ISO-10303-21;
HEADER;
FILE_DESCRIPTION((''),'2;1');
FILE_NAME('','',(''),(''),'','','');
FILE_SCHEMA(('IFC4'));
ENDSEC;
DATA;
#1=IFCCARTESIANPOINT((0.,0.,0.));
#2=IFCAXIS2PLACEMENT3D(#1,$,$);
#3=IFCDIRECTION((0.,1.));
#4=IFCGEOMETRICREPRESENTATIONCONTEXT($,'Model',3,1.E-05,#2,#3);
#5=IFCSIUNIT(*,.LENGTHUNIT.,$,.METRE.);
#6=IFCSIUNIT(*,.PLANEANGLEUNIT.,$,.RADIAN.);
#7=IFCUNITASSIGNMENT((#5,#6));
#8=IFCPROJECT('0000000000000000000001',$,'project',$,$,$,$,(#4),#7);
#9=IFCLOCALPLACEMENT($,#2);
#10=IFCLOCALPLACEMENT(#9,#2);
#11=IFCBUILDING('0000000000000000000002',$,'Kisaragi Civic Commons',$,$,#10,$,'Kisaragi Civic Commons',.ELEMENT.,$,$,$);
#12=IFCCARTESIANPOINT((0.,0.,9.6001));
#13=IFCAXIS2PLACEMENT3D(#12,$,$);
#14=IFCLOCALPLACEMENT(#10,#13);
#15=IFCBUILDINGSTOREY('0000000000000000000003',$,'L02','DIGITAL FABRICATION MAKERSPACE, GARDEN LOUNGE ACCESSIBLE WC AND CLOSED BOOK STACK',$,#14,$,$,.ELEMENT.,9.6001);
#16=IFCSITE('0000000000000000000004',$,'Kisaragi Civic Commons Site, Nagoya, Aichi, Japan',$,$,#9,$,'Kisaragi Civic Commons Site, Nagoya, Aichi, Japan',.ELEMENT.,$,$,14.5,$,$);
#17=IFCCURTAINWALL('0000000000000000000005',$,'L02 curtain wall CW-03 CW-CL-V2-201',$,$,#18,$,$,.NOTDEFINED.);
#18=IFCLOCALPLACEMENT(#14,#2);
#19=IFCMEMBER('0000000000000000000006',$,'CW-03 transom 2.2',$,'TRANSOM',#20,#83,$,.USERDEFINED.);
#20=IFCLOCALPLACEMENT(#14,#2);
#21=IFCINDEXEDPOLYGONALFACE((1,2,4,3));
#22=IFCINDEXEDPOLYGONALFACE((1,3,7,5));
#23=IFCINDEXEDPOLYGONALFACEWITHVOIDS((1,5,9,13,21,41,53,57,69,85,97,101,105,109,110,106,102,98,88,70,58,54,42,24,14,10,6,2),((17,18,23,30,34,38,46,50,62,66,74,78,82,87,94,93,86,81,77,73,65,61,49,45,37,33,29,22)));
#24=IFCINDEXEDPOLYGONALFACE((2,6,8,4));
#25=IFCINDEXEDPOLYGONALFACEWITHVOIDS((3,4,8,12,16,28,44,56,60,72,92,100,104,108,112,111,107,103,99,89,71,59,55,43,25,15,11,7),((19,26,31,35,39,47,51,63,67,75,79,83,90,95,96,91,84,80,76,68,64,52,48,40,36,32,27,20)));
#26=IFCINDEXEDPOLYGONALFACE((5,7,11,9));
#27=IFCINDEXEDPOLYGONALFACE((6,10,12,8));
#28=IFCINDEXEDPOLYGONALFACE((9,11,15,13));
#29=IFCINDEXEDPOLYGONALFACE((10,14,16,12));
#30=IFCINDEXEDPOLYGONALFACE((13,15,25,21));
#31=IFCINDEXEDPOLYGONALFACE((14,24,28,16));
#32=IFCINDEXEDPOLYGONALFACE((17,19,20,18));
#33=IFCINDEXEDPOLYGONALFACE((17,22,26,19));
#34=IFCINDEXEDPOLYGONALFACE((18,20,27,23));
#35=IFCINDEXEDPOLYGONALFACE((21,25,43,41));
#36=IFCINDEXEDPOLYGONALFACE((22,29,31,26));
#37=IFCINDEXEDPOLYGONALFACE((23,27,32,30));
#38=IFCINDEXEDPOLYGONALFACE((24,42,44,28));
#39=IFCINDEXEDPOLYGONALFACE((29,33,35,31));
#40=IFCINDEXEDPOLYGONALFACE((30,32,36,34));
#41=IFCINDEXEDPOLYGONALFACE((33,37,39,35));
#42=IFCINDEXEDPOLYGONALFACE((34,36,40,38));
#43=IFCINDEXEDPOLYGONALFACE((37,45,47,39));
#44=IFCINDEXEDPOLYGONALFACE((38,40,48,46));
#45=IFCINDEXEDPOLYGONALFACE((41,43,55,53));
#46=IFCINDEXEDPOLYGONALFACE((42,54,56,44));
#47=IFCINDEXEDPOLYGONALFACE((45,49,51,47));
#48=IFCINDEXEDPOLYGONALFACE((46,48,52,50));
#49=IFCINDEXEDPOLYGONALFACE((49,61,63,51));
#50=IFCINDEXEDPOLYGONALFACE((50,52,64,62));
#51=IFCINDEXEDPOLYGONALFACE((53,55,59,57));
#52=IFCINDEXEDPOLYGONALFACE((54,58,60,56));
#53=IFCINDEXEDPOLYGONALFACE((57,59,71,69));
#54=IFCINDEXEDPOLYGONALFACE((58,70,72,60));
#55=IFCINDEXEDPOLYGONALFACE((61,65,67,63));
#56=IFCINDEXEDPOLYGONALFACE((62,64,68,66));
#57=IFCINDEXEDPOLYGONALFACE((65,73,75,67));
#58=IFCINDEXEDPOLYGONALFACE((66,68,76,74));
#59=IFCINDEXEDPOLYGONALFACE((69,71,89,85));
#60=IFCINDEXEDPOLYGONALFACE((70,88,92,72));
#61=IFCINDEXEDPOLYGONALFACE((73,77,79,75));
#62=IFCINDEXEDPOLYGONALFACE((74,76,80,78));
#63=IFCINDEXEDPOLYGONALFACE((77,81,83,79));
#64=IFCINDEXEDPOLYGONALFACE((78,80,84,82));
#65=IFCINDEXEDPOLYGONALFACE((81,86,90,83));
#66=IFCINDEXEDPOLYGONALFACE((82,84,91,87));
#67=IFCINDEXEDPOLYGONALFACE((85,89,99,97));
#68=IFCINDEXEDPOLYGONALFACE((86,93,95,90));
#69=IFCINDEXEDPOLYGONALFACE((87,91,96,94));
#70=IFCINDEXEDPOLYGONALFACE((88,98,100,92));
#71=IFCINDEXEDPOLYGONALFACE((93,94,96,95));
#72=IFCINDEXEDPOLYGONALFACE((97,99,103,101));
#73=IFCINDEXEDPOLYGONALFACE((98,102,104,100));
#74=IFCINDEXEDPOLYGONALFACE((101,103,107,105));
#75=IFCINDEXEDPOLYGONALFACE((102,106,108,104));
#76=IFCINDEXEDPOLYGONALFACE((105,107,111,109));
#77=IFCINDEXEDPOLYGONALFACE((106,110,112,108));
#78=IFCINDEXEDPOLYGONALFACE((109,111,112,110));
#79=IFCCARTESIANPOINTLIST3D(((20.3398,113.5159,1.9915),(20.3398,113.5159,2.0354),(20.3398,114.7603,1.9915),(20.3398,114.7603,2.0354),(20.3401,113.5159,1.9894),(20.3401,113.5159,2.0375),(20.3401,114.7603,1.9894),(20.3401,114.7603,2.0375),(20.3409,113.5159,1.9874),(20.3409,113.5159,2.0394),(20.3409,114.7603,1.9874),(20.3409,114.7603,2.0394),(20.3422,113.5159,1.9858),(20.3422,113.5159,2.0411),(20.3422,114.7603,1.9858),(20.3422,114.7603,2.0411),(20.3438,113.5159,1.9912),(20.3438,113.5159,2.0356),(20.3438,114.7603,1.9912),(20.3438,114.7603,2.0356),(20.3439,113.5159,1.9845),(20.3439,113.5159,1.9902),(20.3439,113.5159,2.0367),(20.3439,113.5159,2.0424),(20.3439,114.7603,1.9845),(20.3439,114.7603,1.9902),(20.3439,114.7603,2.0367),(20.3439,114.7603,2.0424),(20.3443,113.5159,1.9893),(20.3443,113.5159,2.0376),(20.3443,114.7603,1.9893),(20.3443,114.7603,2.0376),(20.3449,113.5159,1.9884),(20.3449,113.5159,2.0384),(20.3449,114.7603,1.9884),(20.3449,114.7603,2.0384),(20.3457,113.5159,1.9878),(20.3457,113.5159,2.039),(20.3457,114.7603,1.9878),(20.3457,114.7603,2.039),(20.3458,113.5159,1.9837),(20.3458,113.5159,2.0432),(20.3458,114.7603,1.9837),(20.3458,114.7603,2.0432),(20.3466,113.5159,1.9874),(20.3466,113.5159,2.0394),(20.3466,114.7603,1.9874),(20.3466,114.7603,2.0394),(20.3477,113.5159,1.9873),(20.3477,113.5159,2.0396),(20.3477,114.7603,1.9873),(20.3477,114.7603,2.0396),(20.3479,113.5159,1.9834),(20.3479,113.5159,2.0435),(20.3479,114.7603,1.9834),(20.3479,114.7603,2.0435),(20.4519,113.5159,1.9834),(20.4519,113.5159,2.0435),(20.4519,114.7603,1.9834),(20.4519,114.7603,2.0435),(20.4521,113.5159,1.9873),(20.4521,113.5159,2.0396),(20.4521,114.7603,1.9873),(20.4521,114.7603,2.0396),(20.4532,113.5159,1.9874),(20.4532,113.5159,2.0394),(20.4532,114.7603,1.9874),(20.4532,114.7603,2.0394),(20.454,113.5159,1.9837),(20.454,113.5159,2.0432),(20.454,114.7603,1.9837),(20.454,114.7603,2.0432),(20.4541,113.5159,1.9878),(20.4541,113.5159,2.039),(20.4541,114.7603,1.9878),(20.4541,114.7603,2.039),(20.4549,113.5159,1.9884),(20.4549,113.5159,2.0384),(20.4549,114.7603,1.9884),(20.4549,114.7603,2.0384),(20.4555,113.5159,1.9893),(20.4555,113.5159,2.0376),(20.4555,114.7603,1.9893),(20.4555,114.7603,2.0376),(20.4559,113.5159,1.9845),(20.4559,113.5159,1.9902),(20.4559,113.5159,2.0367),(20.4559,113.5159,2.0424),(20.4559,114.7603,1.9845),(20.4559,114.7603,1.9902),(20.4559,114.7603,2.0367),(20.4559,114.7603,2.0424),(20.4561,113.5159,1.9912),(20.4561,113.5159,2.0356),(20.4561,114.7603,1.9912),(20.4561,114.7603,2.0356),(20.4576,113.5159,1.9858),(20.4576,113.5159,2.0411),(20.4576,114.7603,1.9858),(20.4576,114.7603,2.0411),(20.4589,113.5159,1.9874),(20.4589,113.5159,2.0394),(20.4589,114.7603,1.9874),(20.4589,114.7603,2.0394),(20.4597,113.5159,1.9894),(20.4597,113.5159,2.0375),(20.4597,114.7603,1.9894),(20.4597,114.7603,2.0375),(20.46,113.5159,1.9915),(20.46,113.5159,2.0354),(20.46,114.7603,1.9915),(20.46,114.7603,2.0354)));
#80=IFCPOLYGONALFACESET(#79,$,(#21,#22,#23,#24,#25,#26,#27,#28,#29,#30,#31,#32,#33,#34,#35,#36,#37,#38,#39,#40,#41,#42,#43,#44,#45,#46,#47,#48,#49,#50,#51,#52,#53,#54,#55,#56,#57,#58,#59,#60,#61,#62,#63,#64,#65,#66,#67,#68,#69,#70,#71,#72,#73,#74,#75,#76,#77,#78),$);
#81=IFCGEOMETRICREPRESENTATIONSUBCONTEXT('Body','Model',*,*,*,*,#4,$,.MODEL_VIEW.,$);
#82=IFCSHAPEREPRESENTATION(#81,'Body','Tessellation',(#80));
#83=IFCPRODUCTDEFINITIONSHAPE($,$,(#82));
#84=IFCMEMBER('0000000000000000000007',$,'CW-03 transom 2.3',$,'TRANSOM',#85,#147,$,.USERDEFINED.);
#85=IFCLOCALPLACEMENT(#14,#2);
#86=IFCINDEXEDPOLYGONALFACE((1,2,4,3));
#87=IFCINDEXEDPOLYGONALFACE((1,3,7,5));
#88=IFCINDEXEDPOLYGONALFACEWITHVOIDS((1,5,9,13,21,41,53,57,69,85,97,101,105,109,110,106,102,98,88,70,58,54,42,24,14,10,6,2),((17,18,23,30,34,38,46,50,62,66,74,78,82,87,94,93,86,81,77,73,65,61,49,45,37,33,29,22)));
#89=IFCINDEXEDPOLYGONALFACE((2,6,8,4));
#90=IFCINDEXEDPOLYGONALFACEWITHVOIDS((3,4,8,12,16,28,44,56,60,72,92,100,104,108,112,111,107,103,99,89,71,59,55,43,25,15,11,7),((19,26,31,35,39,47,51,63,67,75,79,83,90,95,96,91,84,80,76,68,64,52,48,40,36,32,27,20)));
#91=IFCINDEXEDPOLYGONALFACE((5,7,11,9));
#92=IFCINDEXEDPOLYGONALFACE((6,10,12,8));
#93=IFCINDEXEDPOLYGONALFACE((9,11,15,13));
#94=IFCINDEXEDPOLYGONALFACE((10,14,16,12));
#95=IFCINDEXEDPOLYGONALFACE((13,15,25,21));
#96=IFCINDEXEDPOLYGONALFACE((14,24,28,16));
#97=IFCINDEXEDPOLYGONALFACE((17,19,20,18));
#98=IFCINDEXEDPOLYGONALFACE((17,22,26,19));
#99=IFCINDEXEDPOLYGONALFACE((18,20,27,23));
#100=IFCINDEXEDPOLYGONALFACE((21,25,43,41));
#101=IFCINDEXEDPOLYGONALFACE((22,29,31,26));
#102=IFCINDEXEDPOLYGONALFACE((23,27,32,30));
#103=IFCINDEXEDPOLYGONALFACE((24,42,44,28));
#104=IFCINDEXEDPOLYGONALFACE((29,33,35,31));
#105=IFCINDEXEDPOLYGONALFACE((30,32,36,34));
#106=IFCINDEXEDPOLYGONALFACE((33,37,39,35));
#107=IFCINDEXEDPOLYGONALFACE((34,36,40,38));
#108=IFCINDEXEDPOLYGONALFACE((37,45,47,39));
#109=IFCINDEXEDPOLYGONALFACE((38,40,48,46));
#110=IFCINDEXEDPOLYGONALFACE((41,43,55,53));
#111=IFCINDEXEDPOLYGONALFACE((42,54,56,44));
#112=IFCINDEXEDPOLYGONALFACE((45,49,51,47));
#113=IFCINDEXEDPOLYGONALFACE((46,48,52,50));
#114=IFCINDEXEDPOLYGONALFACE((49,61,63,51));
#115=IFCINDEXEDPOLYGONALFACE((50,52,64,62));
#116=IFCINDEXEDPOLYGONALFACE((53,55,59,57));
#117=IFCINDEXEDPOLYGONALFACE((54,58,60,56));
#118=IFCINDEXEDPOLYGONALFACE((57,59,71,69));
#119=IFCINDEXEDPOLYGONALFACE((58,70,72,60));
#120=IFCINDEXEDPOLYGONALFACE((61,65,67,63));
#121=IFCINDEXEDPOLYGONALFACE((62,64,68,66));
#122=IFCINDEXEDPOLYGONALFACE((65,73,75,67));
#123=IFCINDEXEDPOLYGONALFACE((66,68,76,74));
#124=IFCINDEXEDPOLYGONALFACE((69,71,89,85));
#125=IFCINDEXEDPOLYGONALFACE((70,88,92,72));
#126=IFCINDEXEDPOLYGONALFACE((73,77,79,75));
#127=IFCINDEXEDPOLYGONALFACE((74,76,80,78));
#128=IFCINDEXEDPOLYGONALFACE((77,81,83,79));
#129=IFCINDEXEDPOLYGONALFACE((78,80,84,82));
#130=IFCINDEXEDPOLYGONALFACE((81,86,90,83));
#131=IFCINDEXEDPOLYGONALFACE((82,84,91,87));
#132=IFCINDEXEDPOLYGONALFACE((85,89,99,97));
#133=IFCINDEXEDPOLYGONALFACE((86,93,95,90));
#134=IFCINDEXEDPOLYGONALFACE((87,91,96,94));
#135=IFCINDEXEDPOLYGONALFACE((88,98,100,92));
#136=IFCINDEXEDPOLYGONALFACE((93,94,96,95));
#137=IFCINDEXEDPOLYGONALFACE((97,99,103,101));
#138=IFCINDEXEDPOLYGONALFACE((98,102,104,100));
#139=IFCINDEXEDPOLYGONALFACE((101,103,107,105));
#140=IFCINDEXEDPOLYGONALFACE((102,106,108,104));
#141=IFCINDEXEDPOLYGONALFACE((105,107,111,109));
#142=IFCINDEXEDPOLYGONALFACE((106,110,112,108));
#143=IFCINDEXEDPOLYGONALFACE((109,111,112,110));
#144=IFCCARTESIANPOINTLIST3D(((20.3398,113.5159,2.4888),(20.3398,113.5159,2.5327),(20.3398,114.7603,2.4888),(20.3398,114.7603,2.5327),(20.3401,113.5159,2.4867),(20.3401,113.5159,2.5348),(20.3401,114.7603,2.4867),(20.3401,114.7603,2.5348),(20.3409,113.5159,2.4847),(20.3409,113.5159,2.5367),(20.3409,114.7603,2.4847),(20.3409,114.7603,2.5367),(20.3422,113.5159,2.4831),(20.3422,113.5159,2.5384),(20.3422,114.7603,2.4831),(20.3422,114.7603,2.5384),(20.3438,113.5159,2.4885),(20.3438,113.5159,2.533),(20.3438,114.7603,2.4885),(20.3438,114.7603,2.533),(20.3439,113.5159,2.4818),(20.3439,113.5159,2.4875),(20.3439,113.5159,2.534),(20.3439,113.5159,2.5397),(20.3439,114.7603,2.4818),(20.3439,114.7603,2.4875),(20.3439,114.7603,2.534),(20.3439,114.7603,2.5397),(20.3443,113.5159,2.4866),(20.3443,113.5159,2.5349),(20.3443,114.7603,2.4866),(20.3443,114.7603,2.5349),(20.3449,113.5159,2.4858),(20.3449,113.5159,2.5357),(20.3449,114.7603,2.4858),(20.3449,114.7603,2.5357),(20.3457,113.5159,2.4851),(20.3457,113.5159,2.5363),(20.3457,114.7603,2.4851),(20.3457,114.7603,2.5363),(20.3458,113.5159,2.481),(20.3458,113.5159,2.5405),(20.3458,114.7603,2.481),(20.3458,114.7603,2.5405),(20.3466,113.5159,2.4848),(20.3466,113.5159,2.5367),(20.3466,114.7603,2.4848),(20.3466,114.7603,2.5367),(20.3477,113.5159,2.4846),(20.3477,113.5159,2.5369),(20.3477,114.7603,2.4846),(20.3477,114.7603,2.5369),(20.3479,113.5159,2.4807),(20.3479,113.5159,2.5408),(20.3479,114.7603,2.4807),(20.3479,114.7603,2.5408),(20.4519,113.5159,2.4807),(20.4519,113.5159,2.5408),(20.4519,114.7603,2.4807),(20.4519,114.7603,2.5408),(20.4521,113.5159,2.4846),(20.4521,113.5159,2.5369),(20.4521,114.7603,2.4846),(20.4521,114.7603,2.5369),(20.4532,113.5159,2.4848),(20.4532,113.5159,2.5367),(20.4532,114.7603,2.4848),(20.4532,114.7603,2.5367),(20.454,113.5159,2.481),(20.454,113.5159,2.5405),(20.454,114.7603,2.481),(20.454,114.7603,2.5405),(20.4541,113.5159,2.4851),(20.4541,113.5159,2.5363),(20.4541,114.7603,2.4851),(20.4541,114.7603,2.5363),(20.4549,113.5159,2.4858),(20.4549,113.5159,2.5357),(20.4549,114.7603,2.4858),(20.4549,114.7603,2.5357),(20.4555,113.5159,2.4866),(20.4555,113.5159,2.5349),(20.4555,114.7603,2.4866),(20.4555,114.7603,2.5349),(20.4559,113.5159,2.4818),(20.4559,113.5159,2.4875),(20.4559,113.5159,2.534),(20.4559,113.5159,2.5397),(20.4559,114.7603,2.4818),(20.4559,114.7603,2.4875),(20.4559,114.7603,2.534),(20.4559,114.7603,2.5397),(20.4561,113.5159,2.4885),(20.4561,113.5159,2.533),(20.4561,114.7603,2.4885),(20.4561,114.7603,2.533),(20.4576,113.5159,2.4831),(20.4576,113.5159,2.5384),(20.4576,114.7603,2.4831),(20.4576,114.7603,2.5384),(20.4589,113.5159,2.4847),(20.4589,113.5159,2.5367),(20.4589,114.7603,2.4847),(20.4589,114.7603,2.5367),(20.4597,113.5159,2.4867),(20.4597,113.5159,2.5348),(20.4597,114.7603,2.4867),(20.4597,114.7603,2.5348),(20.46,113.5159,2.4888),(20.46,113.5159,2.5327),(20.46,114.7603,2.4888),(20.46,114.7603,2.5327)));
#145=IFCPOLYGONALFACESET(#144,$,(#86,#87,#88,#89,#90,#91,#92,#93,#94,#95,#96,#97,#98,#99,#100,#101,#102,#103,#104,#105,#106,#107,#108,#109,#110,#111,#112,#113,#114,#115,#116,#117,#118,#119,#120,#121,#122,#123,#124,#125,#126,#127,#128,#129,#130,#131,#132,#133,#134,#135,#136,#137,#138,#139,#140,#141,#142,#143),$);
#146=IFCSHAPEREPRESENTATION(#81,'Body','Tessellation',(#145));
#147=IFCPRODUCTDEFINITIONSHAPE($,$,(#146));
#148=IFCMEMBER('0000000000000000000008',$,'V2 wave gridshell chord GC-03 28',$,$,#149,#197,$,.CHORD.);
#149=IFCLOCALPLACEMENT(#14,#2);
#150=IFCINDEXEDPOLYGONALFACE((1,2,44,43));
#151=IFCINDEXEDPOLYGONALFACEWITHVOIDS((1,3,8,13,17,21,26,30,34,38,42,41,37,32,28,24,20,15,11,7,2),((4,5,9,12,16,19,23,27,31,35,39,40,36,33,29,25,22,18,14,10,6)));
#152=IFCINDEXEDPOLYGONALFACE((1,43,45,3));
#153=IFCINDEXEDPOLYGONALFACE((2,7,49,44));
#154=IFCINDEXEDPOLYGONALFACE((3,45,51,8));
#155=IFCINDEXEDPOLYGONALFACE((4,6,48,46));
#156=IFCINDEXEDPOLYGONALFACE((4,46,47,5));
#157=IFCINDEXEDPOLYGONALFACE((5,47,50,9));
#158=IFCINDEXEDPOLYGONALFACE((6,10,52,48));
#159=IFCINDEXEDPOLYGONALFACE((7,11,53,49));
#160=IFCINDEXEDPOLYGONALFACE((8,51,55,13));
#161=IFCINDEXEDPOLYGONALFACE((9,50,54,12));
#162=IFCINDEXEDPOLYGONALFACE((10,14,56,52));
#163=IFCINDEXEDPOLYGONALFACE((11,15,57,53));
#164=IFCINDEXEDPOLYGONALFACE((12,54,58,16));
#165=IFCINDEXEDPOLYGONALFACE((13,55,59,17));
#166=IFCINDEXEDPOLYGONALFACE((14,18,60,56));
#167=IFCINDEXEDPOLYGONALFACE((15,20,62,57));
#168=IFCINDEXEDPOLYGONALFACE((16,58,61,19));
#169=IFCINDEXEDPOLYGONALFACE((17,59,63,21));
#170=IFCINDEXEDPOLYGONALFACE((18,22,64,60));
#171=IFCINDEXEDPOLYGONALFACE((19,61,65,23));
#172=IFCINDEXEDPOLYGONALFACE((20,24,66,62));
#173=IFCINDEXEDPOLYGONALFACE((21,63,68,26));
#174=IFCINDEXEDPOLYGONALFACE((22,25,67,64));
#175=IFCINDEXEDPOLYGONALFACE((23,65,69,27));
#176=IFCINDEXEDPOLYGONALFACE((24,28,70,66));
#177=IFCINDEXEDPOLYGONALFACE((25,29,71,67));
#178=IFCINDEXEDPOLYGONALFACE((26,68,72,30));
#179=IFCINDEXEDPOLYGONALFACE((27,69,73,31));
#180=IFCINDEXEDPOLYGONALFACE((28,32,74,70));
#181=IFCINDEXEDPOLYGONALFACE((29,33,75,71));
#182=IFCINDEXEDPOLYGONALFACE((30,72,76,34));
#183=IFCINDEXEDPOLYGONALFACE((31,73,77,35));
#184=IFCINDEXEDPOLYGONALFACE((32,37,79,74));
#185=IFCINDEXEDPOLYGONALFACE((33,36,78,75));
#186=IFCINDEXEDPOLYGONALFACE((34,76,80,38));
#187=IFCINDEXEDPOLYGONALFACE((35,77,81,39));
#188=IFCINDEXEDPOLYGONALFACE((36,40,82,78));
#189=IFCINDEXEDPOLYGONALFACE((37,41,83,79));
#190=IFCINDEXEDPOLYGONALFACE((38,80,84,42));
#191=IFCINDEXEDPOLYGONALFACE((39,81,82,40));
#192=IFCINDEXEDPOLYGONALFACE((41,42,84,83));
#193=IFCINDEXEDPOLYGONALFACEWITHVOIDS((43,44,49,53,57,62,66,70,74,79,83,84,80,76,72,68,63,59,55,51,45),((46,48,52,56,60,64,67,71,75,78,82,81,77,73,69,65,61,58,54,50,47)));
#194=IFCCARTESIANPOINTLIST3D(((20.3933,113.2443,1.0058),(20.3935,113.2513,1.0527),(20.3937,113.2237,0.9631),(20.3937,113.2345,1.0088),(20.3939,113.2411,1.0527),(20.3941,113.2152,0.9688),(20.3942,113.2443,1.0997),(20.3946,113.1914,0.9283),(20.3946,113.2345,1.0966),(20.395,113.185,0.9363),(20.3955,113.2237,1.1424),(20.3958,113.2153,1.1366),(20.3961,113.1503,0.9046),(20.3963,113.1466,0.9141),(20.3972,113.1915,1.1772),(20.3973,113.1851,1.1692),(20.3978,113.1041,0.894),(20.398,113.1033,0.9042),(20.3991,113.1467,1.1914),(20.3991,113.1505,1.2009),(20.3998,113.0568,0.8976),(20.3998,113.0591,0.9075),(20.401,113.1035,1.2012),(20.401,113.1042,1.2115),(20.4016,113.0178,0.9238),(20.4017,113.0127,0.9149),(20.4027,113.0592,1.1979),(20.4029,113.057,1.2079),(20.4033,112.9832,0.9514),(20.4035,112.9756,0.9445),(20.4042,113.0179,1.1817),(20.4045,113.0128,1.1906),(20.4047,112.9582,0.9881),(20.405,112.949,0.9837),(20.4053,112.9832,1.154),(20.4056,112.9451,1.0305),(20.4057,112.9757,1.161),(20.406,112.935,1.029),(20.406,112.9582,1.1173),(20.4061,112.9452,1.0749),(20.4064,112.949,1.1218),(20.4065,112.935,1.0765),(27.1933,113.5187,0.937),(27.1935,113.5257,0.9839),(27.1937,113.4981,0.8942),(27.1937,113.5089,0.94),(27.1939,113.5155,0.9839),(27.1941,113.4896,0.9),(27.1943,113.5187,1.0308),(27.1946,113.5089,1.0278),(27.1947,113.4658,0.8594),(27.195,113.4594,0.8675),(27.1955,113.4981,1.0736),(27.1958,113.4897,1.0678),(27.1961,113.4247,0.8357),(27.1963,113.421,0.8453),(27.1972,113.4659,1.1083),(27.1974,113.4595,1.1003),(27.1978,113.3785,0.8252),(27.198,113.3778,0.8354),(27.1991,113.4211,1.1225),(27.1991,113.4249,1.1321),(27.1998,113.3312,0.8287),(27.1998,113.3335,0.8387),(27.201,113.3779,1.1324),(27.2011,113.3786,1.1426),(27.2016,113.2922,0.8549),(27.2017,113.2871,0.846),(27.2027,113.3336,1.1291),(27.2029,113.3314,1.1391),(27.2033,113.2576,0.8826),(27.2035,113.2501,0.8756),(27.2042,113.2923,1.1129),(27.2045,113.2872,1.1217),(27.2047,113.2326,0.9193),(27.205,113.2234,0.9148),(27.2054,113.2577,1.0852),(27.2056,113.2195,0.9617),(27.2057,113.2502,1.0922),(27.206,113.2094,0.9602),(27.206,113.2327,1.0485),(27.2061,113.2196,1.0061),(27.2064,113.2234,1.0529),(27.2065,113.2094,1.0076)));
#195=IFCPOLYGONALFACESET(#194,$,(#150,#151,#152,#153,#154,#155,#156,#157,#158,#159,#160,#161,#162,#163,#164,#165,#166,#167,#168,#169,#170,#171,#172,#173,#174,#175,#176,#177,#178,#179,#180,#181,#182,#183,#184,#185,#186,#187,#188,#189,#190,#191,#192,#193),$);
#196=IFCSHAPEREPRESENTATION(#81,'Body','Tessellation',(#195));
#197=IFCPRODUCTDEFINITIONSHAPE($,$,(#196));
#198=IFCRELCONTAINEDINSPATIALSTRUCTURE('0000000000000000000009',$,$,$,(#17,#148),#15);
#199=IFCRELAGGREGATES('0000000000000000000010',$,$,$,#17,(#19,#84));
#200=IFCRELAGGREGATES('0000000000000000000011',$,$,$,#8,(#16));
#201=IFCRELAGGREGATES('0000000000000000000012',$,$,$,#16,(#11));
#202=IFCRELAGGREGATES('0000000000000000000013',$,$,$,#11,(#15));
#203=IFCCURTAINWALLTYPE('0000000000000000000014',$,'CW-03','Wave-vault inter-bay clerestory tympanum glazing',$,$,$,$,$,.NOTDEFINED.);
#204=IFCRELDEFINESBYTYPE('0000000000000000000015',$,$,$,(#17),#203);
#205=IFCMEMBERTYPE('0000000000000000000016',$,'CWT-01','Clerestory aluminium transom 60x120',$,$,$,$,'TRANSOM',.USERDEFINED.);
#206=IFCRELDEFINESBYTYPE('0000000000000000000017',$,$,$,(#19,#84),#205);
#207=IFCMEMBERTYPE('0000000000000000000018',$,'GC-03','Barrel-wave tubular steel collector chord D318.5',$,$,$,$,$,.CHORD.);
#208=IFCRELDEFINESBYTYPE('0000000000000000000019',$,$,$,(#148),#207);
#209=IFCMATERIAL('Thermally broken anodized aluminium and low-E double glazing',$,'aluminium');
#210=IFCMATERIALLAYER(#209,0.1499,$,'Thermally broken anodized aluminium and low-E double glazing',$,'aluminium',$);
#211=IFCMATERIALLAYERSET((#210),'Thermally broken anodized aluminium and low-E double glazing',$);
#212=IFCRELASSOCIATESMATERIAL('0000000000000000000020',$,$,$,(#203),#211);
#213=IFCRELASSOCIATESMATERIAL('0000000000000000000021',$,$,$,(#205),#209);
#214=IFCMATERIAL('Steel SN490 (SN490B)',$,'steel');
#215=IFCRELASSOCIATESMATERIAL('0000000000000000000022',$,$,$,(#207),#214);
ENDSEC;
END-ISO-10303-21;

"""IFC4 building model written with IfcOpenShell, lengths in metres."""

from ifc_helpers import new_model, si_unit, direction, frame, origin, origin_2d, place, context, subcontext, project, spatial, hollow_rectangle, hollow_circle, extrude, material, layer, layer_set, material_profile, profile_set, type_object, element, aggregate, save


model = new_model("IFC4")

# Units and contexts
model_context = context("Model", 3, precision=1e-05, world=origin(), true_north=direction((0.0, 1.0)))
body_context = subcontext(model_context, "Body", "Model", "MODEL_VIEW")
ifc_project = project(units=[si_unit("LENGTHUNIT", "METRE"), si_unit("PLANEANGLEUNIT", "RADIAN")], contexts=[model_context])

# Site, building, storey
site_placement = place(None, origin())
site = spatial("IfcSite", under=ifc_project, at=site_placement, Name="Kisaragi Civic Commons Site, Nagoya, Aichi, Japan", LongName="Kisaragi Civic Commons Site, Nagoya, Aichi, Japan", CompositionType="ELEMENT", RefElevation=14.5)
building_placement = place(site_placement, origin())
building = spatial("IfcBuilding", under=site, at=building_placement, Name="Kisaragi Civic Commons", LongName="Kisaragi Civic Commons", CompositionType="ELEMENT")
storey_placement = place(building_placement, frame((0.0, 0.0, 9.6001)))
storey = spatial("IfcBuildingStorey", under=building, at=storey_placement, Name="L02", Description="DIGITAL FABRICATION MAKERSPACE, GARDEN LOUNGE ACCESSIBLE WC AND CLOSED BOOK STACK", CompositionType="ELEMENT", Elevation=9.6001)

# Curtain wall, members
ifc_material_1 = material(Name="Thermally broken anodized aluminium and low-E double glazing", Category="aluminium")
ifc_layer_1 = layer(ifc_material_1, 0.1499, Name="Thermally broken anodized aluminium and low-E double glazing", Category="aluminium")
ifc_layer_set_1 = layer_set([ifc_layer_1], Name="Thermally broken anodized aluminium and low-E double glazing")
curtain_wall_type = type_object("IfcCurtainWallType", Name="CW-03", Description="Wave-vault inter-bay clerestory tympanum glazing", PredefinedType="NOTDEFINED", material=ifc_layer_set_1)
curtain_wall_placement = place(storey_placement, origin())
curtain_wall = element("IfcCurtainWall", 1, at=curtain_wall_placement, inside=storey, type_object=curtain_wall_type, Name="L02 curtain wall CW-03 CW-CL-V2-201", PredefinedType="NOTDEFINED")
ifc_material_profile_1 = material_profile(ifc_material_1, hollow_rectangle(XDim=0.1201, YDim=0.0601, WallThickness=0.0039, InnerFilletRadius=0.0039, OuterFilletRadius=0.0081, at=origin_2d()), Name="CWT-60x120x4", Category="aluminium")
ifc_profile_set_1 = profile_set([ifc_material_profile_1], Name="Thermally broken anodized aluminium and low-E double glazing")
member_type_1 = type_object("IfcMemberType", Name="CWT-01", Description="Clerestory aluminium transom 60x120", ElementType="TRANSOM", PredefinedType="USERDEFINED", material=ifc_profile_set_1)
member_1_placement = place(storey_placement, frame((20.3999, 113.5159, 2.0134), z_axis=(0.0, 1.0, 0.0), x_axis=(-1.0, 0.0, 0.0)))
member_1 = element("IfcMember", 2, at=member_1_placement, type_object=member_type_1, Name="CW-03 transom 2.2", ObjectType="TRANSOM", PredefinedType="USERDEFINED", context=body_context, shape_type="SweptSolid", body=[
    extrude(hollow_rectangle(XDim=0.1201, YDim=0.0601, WallThickness=0.0039, InnerFilletRadius=0.0039, OuterFilletRadius=0.0081, at=origin_2d()), origin(), (0.0, 0.0, 1.0), 1.2444),
])
member_2_placement = place(storey_placement, frame((20.3999, 113.5159, 2.5107), z_axis=(0.0, 1.0, 0.0), x_axis=(-1.0, 0.0, 0.0)))
member_2 = element("IfcMember", 3, at=member_2_placement, type_object=member_type_1, Name="CW-03 transom 2.3", ObjectType="TRANSOM", PredefinedType="USERDEFINED", context=body_context, shape_type="SweptSolid", body=[
    extrude(hollow_rectangle(XDim=0.1201, YDim=0.0601, WallThickness=0.0039, InnerFilletRadius=0.0039, OuterFilletRadius=0.0081, at=origin_2d()), origin(), (0.0, 0.0, 1.0), 1.2444),
])

# Member
ifc_material_2 = material(Name="Steel SN490 (SN490B)", Category="steel")
ifc_material_profile_2 = material_profile(ifc_material_2, hollow_circle(Radius=0.1592, WallThickness=0.0103, at=origin_2d()), Name="CHS-318.5x10.3", Category="steel")
ifc_profile_set_2 = profile_set([ifc_material_profile_2], Name="Steel SN490 (SN490B)")
member_type_2 = type_object("IfcMemberType", Name="GC-03", Description="Barrel-wave tubular steel collector chord D318.5", PredefinedType="CHORD", material=ifc_profile_set_2)
member_3_placement = place(storey_placement, frame((20.3999, 113.0923, 1.0527), z_axis=(0.999136, 0.04032, -0.010116), x_axis=(-0.040322, 0.999187, 0.0)))
element("IfcMember", 4, at=member_3_placement, inside=storey, type_object=member_type_2, Name="V2 wave gridshell chord GC-03 28", PredefinedType="CHORD", context=body_context, shape_type="SweptSolid", body=[
    extrude(hollow_circle(Radius=0.1592, WallThickness=0.0103, at=origin_2d()), origin(), (0.0, 0.0, 1.0), 6.8059),
])

aggregate(curtain_wall, [member_1, member_2])

save(model, "model.ifc")
